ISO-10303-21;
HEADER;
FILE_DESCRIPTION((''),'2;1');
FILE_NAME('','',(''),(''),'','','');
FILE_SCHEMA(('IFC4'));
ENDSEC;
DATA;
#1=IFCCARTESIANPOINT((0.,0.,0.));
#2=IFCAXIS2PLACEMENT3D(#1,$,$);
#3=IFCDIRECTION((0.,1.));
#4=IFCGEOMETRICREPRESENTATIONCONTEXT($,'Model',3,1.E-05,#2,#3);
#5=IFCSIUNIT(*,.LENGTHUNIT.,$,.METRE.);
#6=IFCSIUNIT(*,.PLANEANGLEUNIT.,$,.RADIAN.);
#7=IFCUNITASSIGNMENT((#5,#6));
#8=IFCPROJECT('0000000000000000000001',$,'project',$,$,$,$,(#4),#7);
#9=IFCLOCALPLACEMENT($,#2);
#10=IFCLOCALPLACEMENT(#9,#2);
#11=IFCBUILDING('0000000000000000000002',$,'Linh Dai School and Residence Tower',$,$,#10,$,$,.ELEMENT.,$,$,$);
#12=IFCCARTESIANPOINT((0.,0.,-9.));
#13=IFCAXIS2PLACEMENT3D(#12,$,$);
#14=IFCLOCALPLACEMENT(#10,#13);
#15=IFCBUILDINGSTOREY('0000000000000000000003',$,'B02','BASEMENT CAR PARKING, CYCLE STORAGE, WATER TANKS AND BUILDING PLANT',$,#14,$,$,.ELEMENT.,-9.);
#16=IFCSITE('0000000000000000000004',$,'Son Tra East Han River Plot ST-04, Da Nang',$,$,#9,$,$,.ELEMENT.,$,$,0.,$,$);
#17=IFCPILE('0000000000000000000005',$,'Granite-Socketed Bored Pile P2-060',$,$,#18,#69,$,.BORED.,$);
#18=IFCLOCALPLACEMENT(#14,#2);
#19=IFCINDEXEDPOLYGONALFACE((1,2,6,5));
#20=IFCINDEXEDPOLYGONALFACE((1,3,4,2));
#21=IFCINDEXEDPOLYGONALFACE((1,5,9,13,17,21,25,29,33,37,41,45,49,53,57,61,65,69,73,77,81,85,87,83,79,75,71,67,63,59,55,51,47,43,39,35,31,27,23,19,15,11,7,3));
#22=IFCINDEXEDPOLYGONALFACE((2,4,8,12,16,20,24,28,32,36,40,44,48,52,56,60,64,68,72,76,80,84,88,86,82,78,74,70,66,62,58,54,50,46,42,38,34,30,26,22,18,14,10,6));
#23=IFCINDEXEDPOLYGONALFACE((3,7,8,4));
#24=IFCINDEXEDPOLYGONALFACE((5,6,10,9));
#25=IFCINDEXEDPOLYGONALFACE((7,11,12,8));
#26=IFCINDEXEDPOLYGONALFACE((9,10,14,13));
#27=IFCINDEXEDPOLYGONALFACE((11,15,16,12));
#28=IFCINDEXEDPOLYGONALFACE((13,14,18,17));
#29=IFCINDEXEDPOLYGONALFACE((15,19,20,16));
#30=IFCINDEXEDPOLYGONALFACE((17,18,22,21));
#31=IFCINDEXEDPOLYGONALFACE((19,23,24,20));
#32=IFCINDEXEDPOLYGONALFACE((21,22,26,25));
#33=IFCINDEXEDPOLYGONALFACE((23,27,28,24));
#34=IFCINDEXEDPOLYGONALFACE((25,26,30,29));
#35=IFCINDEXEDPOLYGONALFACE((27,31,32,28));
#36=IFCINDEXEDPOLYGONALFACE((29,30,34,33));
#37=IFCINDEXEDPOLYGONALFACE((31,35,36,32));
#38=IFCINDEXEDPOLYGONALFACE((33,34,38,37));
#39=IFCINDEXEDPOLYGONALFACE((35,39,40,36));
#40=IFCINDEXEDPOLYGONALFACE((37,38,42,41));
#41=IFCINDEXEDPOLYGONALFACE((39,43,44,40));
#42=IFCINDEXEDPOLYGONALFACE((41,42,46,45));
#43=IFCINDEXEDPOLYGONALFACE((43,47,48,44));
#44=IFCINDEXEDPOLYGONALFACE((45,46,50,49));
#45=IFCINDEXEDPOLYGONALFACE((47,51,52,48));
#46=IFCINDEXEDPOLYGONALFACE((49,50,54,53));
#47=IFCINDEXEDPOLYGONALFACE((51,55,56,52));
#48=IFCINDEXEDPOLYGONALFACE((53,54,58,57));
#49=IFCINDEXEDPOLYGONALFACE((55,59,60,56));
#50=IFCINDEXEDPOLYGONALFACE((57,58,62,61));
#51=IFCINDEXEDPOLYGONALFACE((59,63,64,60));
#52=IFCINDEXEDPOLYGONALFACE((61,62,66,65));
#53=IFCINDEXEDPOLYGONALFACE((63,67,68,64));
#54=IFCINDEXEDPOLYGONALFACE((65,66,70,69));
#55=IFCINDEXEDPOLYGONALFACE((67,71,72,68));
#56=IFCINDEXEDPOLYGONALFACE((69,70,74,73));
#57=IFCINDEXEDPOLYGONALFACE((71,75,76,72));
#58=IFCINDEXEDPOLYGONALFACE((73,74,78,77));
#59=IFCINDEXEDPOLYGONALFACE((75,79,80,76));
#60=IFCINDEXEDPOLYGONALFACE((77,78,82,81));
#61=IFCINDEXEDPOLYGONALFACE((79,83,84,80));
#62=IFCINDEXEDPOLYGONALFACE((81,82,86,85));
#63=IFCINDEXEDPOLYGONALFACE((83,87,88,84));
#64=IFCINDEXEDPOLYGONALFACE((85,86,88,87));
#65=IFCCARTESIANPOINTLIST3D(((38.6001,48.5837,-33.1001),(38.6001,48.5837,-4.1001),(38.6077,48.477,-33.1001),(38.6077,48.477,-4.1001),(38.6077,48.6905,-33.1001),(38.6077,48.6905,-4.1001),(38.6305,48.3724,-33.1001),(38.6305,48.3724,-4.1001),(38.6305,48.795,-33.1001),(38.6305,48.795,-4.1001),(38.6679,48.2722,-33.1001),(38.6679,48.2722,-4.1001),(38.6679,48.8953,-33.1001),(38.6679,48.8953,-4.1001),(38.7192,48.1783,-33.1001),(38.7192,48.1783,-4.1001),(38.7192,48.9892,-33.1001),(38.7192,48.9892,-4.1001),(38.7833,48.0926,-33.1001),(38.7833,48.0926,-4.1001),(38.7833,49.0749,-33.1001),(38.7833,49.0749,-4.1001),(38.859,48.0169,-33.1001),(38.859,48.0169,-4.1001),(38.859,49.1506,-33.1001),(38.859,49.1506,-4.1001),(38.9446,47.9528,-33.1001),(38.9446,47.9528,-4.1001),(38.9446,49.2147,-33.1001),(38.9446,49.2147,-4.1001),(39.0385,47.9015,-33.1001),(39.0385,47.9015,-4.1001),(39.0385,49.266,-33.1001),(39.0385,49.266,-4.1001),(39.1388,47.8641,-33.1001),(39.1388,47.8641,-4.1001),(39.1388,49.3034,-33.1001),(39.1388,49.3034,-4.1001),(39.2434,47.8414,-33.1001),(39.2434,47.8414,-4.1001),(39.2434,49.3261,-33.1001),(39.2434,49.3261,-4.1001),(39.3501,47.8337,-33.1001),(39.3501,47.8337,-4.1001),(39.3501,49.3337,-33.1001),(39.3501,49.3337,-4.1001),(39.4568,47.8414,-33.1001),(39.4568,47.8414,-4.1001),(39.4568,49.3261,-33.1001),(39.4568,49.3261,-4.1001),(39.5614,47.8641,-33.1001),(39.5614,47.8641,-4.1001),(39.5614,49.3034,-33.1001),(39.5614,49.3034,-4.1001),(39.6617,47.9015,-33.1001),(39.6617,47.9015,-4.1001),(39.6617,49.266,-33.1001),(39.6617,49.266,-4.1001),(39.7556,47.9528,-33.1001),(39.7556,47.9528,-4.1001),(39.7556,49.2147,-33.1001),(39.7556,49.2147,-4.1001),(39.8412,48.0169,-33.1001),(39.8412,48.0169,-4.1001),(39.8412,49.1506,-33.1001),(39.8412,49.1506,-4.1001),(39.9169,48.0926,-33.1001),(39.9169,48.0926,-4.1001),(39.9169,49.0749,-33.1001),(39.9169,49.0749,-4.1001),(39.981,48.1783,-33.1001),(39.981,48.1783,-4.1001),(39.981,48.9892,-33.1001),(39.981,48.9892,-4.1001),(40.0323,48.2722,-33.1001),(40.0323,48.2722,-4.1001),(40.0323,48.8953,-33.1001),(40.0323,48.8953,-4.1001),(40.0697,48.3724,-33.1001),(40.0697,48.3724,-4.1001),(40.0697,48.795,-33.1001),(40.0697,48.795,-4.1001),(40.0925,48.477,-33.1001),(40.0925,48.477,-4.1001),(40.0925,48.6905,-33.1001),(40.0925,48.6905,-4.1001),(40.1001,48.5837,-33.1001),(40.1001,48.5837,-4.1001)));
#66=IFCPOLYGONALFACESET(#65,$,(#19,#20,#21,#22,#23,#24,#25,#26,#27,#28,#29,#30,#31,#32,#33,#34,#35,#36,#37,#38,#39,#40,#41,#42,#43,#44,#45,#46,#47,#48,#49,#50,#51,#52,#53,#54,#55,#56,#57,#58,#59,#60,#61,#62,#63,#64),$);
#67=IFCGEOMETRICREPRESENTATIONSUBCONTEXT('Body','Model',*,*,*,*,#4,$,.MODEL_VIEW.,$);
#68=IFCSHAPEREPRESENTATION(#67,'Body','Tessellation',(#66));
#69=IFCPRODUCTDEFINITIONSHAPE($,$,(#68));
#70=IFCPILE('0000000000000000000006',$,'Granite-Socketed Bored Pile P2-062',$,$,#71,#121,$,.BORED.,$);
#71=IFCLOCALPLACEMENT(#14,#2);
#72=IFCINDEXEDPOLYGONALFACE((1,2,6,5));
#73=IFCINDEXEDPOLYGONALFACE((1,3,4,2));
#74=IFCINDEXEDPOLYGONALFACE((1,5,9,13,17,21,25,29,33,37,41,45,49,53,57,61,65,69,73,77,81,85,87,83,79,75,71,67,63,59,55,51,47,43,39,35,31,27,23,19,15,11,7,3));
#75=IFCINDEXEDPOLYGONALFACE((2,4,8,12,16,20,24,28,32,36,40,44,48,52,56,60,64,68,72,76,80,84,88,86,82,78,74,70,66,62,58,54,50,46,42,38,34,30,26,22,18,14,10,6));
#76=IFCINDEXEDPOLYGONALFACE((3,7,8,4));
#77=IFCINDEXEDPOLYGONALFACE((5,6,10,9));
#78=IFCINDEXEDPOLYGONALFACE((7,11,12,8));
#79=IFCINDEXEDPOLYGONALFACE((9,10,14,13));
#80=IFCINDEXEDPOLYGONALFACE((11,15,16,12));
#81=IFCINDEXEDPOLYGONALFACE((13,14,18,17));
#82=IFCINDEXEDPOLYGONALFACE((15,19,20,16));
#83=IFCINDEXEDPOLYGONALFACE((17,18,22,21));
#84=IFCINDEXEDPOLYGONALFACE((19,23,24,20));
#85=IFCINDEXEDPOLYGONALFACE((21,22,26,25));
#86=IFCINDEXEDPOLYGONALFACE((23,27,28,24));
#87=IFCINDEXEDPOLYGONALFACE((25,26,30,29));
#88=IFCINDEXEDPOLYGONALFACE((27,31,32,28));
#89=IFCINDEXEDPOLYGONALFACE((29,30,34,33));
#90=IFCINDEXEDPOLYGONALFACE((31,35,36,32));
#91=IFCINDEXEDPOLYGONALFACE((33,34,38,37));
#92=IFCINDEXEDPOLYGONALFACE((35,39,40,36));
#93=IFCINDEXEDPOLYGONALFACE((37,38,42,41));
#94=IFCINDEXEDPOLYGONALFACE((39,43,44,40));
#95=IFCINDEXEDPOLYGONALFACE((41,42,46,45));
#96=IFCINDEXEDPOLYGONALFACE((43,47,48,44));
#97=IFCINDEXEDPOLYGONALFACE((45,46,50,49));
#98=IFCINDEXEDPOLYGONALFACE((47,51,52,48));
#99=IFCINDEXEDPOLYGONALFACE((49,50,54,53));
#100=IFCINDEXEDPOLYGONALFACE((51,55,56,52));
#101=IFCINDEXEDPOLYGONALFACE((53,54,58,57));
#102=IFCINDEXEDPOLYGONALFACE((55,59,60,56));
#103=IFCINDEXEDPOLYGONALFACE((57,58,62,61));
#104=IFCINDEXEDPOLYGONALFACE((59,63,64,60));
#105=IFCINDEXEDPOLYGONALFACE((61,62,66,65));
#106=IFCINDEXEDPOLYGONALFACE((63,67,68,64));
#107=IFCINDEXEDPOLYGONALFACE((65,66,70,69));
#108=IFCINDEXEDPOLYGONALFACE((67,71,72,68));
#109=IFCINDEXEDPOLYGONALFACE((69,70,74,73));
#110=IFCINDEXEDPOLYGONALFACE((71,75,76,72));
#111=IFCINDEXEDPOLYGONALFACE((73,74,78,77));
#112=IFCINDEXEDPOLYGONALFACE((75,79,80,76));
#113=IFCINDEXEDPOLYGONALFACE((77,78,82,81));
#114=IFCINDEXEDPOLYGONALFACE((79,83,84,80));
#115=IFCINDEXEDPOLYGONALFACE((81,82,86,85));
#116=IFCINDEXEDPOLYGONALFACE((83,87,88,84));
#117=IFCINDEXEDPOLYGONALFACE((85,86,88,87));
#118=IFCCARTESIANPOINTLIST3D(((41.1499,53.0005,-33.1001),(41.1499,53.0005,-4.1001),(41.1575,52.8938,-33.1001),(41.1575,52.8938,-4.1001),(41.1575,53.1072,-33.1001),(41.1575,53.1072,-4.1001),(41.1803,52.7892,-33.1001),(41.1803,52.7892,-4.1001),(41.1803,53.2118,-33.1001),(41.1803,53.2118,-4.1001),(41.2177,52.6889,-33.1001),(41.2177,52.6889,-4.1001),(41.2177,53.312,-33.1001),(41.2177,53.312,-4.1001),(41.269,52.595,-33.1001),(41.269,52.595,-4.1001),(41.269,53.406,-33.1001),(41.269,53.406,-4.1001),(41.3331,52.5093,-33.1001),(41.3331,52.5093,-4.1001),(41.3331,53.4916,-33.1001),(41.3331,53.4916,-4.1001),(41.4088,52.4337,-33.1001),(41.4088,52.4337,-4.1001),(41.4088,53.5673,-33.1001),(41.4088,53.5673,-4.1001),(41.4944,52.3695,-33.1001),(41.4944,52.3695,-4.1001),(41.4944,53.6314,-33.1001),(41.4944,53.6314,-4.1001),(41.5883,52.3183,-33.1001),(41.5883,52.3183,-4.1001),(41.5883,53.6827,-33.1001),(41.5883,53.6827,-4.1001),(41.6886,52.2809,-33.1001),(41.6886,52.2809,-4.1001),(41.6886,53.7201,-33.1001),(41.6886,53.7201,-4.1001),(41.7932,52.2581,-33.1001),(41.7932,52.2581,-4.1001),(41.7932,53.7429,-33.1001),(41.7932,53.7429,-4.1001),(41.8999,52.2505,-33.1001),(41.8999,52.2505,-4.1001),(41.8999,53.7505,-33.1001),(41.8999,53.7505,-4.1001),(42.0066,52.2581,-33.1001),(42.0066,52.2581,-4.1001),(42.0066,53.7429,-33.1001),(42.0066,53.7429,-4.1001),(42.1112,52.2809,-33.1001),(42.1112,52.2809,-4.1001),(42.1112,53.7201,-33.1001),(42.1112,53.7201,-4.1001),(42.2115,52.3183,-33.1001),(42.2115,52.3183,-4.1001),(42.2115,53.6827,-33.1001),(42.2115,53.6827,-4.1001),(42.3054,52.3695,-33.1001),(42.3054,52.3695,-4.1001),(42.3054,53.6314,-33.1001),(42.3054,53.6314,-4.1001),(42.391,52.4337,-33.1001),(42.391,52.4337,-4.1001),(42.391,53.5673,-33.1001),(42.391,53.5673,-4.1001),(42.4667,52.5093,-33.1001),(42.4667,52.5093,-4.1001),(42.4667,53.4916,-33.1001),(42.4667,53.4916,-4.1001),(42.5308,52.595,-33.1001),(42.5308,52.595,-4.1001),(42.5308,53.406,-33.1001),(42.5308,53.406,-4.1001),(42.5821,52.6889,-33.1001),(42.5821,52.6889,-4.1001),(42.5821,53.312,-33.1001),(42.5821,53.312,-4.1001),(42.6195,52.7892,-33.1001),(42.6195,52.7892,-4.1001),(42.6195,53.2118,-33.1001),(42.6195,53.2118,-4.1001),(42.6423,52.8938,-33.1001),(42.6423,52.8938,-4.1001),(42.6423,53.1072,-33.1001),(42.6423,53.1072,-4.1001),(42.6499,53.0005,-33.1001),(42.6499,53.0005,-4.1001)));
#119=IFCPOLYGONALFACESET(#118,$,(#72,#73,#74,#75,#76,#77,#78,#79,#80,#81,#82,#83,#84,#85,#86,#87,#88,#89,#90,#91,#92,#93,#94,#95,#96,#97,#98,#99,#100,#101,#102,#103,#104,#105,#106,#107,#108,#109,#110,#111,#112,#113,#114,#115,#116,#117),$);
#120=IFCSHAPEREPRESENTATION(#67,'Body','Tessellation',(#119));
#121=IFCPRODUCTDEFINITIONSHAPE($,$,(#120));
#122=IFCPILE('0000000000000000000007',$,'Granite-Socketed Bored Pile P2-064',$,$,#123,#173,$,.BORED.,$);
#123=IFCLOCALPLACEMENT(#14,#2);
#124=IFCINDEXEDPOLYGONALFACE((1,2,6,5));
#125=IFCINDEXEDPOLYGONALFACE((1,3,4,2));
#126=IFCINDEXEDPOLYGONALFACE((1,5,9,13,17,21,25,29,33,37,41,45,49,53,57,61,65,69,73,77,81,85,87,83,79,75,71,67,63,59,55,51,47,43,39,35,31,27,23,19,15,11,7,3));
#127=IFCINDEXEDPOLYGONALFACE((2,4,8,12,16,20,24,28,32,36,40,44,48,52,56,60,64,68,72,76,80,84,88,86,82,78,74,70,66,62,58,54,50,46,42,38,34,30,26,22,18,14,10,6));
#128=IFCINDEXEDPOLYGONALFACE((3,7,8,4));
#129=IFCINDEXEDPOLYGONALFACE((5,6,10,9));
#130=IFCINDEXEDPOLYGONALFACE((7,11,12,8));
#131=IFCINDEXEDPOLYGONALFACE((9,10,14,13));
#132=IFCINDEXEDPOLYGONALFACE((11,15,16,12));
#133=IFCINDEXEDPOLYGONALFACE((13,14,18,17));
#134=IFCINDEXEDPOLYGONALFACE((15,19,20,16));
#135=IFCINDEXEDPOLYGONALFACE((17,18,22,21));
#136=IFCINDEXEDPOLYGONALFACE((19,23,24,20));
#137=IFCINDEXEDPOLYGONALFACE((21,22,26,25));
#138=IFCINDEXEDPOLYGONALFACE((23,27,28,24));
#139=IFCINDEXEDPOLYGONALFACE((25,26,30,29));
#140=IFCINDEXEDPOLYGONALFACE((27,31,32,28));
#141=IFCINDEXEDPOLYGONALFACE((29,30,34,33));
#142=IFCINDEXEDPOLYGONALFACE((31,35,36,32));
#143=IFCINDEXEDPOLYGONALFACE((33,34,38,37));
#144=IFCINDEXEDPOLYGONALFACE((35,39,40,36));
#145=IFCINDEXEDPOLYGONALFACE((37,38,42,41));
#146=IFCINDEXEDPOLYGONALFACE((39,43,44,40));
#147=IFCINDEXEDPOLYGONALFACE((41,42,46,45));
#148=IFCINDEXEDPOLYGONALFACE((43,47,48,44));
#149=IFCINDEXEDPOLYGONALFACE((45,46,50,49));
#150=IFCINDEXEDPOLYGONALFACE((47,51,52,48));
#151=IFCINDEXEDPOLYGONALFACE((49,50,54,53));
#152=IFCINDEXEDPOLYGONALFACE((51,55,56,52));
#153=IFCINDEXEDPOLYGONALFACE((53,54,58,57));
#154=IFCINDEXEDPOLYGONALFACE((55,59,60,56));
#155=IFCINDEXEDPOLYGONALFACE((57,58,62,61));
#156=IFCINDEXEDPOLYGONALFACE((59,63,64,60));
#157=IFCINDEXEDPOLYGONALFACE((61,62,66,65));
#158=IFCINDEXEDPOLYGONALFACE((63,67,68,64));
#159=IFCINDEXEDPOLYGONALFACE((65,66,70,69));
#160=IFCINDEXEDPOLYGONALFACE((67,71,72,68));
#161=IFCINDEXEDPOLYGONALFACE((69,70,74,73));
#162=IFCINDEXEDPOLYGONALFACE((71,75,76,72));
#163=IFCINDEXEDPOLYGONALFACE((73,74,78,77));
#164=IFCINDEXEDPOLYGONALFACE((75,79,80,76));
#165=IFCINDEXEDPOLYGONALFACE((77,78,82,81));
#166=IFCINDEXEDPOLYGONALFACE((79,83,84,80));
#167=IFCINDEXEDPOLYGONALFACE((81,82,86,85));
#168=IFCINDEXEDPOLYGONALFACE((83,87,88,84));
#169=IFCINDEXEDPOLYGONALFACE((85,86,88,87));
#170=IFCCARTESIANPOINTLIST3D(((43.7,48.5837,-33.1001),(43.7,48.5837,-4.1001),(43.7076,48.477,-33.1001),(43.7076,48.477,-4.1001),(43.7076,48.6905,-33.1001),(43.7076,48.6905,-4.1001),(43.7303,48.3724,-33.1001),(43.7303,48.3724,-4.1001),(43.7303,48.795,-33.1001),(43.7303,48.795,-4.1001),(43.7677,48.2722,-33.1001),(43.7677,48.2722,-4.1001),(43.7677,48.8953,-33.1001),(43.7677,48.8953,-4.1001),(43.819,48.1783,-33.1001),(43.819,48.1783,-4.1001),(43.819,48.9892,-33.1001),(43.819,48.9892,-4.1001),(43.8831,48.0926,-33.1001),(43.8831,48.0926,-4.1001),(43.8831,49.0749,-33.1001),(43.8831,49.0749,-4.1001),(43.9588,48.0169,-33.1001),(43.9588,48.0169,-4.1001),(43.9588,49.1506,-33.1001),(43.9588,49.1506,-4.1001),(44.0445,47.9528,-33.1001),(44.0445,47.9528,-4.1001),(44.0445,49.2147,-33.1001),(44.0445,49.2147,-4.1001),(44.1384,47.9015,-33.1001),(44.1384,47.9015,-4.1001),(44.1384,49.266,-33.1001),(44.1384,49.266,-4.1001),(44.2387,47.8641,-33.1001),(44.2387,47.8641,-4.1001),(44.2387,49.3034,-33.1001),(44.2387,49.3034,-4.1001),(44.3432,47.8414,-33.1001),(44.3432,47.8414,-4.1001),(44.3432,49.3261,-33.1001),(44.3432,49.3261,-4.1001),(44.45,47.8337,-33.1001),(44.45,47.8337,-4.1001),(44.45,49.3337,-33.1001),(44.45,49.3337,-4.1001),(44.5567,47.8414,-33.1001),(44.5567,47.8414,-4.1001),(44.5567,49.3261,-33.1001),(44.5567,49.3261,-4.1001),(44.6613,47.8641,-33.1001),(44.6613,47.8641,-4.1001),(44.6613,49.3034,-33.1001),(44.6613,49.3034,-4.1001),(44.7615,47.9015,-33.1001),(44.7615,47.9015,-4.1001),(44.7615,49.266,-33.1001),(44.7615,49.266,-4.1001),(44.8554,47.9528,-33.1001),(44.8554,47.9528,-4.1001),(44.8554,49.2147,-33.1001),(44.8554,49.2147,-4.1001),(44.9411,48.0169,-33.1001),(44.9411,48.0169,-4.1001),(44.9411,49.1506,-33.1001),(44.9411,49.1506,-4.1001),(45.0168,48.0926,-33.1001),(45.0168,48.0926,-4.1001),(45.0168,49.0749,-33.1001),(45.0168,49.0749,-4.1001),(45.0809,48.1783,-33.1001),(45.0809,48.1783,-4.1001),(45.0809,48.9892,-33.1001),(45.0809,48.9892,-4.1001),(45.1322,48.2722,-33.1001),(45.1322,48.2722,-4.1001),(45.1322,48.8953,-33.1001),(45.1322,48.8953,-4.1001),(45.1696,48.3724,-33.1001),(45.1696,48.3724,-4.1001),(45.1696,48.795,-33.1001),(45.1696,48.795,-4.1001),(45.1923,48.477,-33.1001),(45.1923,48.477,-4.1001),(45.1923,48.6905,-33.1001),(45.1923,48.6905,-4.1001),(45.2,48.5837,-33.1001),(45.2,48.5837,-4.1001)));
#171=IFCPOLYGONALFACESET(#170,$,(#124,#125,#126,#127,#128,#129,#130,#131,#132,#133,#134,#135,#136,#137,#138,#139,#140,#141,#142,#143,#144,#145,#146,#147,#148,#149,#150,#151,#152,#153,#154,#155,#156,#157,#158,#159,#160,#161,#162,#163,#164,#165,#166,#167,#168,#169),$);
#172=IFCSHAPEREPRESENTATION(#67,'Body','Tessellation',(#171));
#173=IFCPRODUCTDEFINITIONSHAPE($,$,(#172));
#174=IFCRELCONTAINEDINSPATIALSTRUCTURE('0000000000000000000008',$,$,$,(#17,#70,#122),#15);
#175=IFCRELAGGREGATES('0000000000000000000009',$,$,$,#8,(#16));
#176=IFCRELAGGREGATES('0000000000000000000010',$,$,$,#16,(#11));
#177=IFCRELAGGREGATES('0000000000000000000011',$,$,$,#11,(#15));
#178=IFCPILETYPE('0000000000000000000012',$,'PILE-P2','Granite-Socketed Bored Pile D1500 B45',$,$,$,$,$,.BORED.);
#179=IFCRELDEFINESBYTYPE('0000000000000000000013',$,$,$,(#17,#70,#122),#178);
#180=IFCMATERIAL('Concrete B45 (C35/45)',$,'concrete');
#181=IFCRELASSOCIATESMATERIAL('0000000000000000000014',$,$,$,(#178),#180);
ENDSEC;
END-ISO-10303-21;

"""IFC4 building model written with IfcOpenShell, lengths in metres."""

from ifc_helpers import new_model, si_unit, direction, frame, origin, origin_2d, place, context, subcontext, project, spatial, circle, extrude, material, material_profile, profile_set, type_object, element, save


model = new_model("IFC4")

# Units and contexts
model_context = context("Model", 3, precision=1e-05, world=origin(), true_north=direction((0.0, 1.0)))
body_context = subcontext(model_context, "Body", "Model", "MODEL_VIEW")
ifc_project = project(units=[si_unit("LENGTHUNIT", "METRE"), si_unit("PLANEANGLEUNIT", "RADIAN")], contexts=[model_context])

# Site, building, storey
site_placement = place(None, origin())
site = spatial("IfcSite", under=ifc_project, at=site_placement, Name="Son Tra East Han River Plot ST-04, Da Nang", CompositionType="ELEMENT", RefElevation=0.0)
building_placement = place(site_placement, origin())
building = spatial("IfcBuilding", under=site, at=building_placement, Name="Linh Dai School and Residence Tower", CompositionType="ELEMENT")
storey_placement = place(building_placement, frame((0.0, 0.0, -9.0)))
storey = spatial("IfcBuildingStorey", under=building, at=storey_placement, Name="B02", Description="BASEMENT CAR PARKING, CYCLE STORAGE, WATER TANKS AND BUILDING PLANT", CompositionType="ELEMENT", Elevation=-9.0)

# Piles
ifc_material_1 = material(Name="Concrete B45 (C35/45)", Category="concrete")
ifc_material_profile_1 = material_profile(ifc_material_1, circle(Radius=0.75, at=origin_2d()), Name="PILE D1500")
ifc_profile_set_1 = profile_set([ifc_material_profile_1], Name="Concrete B45 (C35/45)")
pile_type_1 = type_object("IfcPileType", Name="PILE-P2", Description="Granite-Socketed Bored Pile D1500 B45", PredefinedType="BORED", material=ifc_profile_set_1)
for number, where, z_axis, x_axis, name in (
    (1, (39.3501, 48.5837, -4.1001), (0.0, 0.0, -1.0), (1.0, 0.0, 0.0), "Granite-Socketed Bored Pile P2-060"),
    (2, (41.8999, 53.0005, -4.1001), (0.0, 0.0, -1.0), (1.0, 0.0, 0.0), "Granite-Socketed Bored Pile P2-062"),
    (3, (44.45, 48.5837, -4.1001), (0.0, 0.0, -1.0), (1.0, 0.0, 0.0), "Granite-Socketed Bored Pile P2-064"),
):
    element("IfcPile", number, at=place(storey_placement, frame(where, z_axis=z_axis, x_axis=x_axis)), inside=storey, type_object=pile_type_1, Name=name, PredefinedType="BORED", context=body_context, shape_type="SweptSolid", body=[
        extrude(circle(Radius=0.75, at=origin_2d()), origin(), (0.0, 0.0, 1.0), 29.0),
    ])

save(model, "model.ifc")
